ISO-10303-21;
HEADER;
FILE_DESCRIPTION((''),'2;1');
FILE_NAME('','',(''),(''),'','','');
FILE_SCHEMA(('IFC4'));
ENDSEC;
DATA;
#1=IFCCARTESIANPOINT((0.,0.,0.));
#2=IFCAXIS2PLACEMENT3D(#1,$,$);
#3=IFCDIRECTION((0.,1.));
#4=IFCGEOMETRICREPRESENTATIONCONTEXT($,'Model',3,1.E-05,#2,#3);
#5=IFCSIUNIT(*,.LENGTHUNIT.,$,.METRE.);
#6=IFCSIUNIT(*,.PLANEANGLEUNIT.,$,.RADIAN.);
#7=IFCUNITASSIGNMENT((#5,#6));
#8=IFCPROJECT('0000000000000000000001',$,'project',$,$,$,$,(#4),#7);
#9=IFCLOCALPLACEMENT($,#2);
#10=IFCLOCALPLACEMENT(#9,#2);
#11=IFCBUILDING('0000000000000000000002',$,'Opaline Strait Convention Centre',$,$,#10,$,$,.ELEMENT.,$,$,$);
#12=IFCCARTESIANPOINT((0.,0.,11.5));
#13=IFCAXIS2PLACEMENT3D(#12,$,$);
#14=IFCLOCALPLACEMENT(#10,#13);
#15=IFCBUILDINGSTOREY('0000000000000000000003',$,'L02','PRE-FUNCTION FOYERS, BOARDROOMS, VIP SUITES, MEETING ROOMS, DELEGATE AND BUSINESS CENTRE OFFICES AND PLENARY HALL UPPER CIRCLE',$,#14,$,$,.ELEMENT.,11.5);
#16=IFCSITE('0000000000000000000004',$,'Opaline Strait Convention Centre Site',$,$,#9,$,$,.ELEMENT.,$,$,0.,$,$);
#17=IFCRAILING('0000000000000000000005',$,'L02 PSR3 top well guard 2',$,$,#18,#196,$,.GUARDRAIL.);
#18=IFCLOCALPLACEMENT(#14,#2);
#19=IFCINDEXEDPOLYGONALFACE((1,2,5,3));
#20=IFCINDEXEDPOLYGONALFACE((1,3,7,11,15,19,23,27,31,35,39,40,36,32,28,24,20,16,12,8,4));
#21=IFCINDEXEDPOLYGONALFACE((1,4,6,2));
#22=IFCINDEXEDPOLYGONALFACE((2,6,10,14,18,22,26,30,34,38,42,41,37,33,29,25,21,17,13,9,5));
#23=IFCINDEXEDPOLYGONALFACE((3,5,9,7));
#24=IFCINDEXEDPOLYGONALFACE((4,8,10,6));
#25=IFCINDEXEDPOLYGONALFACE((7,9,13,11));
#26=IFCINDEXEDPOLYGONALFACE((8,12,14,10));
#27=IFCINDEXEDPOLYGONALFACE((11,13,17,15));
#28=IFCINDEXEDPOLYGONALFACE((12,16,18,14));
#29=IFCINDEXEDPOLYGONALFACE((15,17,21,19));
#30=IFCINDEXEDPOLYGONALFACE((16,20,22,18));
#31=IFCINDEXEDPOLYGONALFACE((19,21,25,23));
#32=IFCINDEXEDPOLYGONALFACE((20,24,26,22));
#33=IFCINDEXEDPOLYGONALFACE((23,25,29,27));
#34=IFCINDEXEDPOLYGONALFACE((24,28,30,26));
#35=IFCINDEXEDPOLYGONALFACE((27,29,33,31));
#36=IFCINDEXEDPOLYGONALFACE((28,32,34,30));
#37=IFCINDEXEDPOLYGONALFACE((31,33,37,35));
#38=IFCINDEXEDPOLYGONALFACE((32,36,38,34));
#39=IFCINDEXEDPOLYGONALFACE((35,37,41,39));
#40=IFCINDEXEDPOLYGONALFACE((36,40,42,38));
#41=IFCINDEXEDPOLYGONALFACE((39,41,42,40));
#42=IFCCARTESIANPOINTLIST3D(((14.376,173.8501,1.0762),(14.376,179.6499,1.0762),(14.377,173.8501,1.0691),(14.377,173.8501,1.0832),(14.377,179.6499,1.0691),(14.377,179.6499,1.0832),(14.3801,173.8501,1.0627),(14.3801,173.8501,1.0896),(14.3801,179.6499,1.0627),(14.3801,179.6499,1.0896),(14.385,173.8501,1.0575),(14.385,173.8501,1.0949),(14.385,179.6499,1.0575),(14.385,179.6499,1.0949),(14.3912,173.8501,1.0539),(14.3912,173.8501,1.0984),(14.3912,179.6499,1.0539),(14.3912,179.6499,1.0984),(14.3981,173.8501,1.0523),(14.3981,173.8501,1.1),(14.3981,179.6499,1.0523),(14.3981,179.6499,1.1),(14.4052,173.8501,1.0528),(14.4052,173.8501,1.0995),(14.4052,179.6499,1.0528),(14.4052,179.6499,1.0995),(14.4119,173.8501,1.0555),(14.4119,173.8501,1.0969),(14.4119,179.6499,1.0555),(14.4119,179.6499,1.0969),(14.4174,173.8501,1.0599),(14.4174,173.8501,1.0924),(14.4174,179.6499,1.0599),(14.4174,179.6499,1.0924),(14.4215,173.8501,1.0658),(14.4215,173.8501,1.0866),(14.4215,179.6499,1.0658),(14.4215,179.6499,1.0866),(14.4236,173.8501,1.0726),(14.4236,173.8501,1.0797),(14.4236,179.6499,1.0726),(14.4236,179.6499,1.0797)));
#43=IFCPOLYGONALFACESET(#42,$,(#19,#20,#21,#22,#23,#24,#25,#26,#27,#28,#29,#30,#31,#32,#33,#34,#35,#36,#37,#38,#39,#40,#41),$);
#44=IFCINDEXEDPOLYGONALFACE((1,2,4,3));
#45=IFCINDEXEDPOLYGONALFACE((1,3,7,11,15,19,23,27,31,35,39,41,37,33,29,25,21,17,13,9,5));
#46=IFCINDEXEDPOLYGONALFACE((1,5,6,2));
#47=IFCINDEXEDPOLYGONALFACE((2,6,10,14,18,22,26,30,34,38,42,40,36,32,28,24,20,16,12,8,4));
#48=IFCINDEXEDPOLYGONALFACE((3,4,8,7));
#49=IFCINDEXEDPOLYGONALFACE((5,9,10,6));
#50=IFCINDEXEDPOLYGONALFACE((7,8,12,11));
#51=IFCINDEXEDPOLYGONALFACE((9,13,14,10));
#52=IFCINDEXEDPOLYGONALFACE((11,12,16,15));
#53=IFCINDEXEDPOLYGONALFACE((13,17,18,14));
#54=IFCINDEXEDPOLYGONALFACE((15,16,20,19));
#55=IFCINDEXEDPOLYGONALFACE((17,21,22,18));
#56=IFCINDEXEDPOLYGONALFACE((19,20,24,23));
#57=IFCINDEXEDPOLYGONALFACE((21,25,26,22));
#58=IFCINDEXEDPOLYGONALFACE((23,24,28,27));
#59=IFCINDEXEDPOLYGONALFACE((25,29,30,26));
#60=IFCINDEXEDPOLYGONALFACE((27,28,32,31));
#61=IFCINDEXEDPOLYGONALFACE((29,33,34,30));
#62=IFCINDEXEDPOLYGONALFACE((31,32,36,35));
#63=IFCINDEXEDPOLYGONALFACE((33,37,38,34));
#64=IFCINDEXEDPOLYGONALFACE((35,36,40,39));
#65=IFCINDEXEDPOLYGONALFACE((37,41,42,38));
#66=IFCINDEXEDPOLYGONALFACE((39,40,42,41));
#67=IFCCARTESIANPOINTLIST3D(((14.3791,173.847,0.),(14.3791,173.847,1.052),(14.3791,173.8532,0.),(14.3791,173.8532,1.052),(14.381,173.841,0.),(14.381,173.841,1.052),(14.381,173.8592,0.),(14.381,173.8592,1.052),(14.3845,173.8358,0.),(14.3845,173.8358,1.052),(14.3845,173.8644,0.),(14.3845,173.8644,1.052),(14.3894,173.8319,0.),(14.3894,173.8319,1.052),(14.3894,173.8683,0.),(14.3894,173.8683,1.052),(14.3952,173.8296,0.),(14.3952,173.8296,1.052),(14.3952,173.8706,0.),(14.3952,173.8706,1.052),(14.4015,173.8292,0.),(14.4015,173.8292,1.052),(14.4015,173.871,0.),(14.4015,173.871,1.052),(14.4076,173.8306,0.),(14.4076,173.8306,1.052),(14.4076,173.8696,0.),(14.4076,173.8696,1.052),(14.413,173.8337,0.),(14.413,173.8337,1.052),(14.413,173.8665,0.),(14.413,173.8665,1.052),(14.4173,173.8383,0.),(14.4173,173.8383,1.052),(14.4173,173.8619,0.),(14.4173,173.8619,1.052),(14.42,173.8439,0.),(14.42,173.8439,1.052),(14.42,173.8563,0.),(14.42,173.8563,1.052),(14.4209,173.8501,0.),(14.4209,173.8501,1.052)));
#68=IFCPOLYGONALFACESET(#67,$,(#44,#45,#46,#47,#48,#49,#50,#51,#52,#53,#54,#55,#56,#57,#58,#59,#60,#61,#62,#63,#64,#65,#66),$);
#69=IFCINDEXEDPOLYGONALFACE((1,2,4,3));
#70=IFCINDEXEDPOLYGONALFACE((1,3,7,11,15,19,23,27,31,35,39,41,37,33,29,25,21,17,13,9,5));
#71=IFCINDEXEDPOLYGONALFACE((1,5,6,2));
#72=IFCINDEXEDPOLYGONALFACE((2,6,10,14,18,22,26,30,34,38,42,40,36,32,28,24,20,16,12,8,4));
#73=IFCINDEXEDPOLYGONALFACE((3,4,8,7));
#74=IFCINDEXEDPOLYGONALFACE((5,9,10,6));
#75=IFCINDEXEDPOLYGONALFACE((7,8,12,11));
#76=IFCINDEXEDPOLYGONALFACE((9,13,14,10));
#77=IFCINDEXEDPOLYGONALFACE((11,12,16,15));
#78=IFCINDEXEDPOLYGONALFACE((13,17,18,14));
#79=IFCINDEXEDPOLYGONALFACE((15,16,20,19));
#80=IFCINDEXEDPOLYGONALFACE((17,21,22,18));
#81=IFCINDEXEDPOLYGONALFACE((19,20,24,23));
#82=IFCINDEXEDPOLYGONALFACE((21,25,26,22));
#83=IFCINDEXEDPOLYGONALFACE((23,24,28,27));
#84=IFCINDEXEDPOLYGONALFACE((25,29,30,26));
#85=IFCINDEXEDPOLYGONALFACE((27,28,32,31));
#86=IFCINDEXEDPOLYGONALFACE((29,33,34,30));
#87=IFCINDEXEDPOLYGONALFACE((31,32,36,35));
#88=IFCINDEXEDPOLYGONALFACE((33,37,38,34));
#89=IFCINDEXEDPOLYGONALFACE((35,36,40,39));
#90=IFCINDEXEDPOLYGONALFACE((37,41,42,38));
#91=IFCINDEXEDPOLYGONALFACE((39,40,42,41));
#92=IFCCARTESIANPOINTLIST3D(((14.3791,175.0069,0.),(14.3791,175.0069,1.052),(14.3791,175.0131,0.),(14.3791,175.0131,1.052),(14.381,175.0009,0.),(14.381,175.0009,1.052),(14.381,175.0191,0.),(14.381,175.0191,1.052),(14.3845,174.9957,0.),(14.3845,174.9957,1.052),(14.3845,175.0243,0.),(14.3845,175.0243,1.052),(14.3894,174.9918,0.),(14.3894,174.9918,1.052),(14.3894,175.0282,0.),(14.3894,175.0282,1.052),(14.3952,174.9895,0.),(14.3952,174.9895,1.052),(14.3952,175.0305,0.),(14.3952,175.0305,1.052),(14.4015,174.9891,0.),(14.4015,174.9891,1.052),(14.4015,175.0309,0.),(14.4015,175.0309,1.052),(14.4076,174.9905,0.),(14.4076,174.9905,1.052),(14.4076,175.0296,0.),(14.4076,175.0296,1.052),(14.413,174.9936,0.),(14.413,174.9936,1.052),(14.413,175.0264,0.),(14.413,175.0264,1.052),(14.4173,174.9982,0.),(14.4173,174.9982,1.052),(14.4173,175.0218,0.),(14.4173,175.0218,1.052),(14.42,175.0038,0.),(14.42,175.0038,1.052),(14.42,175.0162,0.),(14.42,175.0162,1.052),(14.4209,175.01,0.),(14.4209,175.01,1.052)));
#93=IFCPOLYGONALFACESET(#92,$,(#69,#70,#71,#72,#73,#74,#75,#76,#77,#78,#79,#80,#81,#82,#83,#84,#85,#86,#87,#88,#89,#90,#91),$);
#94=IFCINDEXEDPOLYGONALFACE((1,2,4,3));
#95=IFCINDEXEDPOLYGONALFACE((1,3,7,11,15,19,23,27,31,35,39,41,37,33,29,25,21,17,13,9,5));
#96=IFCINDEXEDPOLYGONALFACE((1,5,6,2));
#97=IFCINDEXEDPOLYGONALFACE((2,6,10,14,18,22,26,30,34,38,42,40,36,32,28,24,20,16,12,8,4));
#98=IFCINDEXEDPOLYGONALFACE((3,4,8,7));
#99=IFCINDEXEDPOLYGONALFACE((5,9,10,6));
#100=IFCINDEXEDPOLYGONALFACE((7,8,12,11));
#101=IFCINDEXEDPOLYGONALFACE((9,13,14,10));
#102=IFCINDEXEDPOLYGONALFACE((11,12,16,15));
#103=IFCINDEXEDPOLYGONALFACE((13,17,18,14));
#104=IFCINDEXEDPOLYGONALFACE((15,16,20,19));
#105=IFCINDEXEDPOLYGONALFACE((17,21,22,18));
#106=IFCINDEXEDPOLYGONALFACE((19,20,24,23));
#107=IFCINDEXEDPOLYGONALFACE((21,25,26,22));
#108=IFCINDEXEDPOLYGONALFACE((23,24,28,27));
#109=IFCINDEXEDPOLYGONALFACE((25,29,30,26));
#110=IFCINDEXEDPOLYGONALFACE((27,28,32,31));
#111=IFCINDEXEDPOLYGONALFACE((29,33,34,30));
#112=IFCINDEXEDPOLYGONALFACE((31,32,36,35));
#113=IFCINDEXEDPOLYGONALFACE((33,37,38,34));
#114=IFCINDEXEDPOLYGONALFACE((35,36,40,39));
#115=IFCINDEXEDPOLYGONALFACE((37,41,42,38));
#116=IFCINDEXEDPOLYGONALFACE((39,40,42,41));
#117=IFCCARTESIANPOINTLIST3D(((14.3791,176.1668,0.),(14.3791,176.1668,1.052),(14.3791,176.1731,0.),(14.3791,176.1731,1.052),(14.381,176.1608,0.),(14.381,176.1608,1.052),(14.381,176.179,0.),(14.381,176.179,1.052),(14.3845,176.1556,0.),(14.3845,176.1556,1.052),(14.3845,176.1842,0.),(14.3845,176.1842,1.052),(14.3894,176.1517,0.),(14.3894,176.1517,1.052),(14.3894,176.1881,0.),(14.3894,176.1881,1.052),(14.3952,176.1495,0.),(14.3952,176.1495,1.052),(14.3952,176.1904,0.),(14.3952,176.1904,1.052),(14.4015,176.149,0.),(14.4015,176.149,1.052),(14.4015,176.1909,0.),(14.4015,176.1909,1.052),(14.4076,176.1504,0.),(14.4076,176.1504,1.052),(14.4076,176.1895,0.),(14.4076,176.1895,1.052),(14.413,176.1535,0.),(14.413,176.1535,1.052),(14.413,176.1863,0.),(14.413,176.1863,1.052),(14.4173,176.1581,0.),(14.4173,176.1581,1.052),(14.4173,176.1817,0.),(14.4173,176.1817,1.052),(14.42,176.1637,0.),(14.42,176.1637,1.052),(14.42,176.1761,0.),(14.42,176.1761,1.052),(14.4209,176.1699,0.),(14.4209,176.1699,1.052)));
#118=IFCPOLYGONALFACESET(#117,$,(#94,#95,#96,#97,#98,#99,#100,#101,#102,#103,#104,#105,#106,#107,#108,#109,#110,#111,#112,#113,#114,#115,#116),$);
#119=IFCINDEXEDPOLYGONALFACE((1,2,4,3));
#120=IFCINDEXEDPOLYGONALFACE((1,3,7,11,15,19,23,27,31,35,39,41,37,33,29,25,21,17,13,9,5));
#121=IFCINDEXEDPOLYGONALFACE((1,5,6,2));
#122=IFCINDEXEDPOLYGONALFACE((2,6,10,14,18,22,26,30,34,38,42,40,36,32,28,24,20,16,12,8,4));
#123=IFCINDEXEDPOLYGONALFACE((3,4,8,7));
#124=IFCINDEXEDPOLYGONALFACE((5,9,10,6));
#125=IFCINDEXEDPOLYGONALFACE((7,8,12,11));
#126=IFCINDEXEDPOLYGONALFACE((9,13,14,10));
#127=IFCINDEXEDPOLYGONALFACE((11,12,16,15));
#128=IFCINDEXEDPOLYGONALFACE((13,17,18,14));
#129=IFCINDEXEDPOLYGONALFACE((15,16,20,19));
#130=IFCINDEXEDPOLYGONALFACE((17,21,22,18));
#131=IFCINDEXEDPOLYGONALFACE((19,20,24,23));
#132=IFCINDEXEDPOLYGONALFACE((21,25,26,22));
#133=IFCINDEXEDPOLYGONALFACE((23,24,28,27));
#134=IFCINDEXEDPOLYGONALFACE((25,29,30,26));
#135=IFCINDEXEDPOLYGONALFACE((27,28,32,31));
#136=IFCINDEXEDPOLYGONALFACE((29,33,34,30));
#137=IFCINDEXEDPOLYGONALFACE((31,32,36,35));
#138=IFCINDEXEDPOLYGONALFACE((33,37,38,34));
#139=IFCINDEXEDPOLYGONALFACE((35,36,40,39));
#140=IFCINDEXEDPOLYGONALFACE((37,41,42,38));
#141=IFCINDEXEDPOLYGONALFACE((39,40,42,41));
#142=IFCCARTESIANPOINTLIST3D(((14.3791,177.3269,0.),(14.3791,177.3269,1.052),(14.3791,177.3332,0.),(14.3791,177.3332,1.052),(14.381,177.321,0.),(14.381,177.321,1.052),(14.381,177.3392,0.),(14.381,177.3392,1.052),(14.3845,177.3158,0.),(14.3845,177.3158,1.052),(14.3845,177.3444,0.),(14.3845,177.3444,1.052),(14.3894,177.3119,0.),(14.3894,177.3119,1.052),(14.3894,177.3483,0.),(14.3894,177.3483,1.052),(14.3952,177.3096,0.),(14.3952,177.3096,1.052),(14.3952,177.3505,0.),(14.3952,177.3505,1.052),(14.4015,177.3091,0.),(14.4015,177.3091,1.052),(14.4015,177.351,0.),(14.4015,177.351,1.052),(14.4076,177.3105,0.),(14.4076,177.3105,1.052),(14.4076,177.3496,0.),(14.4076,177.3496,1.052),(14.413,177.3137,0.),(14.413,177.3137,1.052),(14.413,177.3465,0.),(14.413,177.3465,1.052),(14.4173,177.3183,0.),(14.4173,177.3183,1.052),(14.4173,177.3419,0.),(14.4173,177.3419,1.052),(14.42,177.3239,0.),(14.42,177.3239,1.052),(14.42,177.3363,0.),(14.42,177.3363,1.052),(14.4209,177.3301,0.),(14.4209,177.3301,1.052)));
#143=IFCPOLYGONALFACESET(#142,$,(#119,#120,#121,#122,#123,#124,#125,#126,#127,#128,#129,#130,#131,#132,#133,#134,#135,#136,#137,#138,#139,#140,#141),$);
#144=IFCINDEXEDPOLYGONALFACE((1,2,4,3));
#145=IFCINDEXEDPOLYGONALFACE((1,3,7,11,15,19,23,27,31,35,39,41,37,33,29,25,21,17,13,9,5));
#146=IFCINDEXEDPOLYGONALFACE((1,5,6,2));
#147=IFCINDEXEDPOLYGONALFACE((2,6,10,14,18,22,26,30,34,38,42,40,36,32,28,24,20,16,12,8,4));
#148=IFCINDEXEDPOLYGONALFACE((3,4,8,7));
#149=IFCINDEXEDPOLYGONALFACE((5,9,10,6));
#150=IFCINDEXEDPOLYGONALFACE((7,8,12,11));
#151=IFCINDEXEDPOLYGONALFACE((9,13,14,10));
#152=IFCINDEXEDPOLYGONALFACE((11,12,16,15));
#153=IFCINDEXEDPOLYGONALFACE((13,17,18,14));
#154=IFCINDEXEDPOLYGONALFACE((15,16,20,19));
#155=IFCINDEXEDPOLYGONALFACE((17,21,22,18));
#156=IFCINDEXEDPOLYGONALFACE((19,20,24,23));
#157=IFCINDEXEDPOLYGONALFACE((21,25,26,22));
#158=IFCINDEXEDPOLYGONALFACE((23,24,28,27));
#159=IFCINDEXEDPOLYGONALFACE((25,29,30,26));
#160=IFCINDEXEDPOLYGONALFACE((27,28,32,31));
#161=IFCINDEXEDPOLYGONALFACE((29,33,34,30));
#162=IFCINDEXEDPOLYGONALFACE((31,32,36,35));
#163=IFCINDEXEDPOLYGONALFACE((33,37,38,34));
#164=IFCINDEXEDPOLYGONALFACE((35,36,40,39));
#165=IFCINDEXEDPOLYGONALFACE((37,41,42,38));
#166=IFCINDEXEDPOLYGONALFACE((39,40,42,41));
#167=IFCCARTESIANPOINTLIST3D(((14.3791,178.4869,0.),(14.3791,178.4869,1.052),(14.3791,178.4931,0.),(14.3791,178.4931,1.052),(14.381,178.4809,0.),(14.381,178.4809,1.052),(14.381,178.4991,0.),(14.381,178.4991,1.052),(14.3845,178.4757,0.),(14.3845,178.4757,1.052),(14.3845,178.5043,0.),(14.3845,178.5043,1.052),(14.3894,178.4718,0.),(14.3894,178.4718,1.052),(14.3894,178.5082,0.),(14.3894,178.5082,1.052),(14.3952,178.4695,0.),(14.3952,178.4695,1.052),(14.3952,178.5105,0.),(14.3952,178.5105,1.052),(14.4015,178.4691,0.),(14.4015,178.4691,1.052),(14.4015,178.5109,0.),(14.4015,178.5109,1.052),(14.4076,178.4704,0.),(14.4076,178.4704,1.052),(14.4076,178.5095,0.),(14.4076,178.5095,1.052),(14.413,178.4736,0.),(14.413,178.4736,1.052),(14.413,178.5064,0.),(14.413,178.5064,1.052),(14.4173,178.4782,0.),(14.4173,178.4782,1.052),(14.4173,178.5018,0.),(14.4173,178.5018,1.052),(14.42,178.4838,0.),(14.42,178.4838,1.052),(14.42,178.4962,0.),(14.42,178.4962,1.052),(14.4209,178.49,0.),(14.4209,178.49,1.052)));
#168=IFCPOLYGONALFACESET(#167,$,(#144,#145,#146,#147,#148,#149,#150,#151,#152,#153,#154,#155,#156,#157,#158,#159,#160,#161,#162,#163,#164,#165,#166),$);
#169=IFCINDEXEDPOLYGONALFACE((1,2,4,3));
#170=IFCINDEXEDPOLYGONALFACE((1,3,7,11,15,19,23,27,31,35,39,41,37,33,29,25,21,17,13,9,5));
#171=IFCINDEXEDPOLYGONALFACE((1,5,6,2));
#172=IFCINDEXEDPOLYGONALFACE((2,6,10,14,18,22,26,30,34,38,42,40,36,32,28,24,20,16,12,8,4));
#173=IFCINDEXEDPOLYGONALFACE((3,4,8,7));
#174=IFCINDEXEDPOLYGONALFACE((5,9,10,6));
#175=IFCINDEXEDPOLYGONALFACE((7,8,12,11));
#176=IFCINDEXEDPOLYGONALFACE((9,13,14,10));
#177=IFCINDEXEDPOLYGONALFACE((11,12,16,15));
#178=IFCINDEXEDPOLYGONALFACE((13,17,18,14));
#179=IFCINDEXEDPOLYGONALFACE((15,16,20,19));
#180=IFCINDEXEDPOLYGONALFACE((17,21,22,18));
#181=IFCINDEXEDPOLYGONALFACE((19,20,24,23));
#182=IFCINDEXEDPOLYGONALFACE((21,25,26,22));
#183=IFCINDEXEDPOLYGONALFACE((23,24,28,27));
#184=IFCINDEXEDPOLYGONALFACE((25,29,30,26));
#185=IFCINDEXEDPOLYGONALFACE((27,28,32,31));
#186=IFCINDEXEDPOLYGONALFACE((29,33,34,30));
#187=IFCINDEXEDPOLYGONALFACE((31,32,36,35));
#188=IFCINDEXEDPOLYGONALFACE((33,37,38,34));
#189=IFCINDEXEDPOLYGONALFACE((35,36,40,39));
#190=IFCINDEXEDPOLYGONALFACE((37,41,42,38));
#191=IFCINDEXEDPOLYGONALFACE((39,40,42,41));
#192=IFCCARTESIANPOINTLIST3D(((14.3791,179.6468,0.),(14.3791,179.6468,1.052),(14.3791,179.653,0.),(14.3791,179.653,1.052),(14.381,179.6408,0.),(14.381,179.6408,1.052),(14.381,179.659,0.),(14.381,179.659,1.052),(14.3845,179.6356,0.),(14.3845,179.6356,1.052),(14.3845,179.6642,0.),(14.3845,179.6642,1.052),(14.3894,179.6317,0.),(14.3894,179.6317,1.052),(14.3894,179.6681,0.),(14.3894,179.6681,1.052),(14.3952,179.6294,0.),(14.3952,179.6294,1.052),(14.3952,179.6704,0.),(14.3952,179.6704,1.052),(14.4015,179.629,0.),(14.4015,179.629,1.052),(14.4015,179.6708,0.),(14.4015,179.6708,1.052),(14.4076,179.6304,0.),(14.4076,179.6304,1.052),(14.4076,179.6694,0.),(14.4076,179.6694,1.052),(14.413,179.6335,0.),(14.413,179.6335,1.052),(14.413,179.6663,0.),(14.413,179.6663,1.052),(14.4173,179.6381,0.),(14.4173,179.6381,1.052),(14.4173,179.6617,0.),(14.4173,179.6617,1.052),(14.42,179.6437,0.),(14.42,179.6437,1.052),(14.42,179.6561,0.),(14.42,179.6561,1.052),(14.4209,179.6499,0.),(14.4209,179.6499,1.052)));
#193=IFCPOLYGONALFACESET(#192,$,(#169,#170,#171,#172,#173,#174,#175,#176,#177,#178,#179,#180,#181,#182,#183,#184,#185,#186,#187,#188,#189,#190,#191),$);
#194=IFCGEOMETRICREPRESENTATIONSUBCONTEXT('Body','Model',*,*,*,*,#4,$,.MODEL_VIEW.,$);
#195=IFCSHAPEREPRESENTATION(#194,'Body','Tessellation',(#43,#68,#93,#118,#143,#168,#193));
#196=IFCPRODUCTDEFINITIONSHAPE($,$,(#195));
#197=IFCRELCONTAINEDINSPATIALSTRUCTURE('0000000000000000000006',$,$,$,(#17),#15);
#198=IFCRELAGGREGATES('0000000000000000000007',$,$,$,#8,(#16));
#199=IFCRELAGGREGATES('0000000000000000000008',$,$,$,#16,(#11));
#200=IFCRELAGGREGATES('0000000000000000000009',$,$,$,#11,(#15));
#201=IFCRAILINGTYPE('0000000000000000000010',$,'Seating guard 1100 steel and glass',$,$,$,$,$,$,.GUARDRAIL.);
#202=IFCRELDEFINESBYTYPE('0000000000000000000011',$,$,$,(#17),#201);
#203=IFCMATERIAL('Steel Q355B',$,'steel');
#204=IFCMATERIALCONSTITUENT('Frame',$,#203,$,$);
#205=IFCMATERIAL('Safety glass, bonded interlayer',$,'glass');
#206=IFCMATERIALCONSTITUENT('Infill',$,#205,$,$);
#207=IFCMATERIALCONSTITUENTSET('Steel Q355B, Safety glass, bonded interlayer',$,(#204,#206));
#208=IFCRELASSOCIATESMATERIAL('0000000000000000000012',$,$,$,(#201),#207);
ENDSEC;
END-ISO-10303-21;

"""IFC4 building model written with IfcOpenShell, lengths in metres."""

from ifc_helpers import new_model, si_unit, direction, frame, origin, origin_2d, place, context, subcontext, project, spatial, circle, extrude, material, constituent, constituent_set, type_object, element, save


model = new_model("IFC4")

# Units and contexts
model_context = context("Model", 3, precision=1e-05, world=origin(), true_north=direction((0.0, 1.0)))
body_context = subcontext(model_context, "Body", "Model", "MODEL_VIEW")
ifc_project = project(units=[si_unit("LENGTHUNIT", "METRE"), si_unit("PLANEANGLEUNIT", "RADIAN")], contexts=[model_context])

# Site, building, storey
site_placement = place(None, origin())
site = spatial("IfcSite", under=ifc_project, at=site_placement, Name="Opaline Strait Convention Centre Site", CompositionType="ELEMENT", RefElevation=0.0)
building_placement = place(site_placement, origin())
building = spatial("IfcBuilding", under=site, at=building_placement, Name="Opaline Strait Convention Centre", CompositionType="ELEMENT")
storey_placement = place(building_placement, frame((0.0, 0.0, 11.5)))
storey = spatial("IfcBuildingStorey", under=building, at=storey_placement, Name="L02", Description="PRE-FUNCTION FOYERS, BOARDROOMS, VIP SUITES, MEETING ROOMS, DELEGATE AND BUSINESS CENTRE OFFICES AND PLENARY HALL UPPER CIRCLE", CompositionType="ELEMENT", Elevation=11.5)

# Shared definitions
ifc_material_1 = material(Name="Steel Q355B", Category="steel")

# Railing
ifc_constituent_1 = constituent(ifc_material_1, Name="Frame")
ifc_material_2 = material(Name="Safety glass, bonded interlayer", Category="glass")
ifc_constituent_2 = constituent(ifc_material_2, Name="Infill")
ifc_constituent_set = constituent_set(constituents=[ifc_constituent_1, ifc_constituent_2], Name="Steel Q355B, Safety glass, bonded interlayer")
railing_type = type_object("IfcRailingType", Name="Seating guard 1100 steel and glass", PredefinedType="GUARDRAIL", material=ifc_constituent_set)
railing_1_placement = place(storey_placement, frame((14.3999, 173.8501, 0.0)))
element("IfcRailing", 1, at=railing_1_placement, inside=storey, type_object=railing_type, Name="L02 PSR3 top well guard 2", PredefinedType="GUARDRAIL", context=body_context, shape_type="SweptSolid", body=[
    extrude(circle(Radius=0.0239, at=origin_2d()), frame((0.0, 0.0, 1.0762), z_axis=(0.0, 1.0, 0.0), x_axis=(-1.0, 0.0, 0.0)), (0.0, 0.0, 1.0), 5.7998),
    extrude(circle(Radius=0.021, at=origin_2d()), origin(), (0.0, 0.0, 1.0), 1.052),
    extrude(circle(Radius=0.021, at=origin_2d()), frame((0.0, 1.1599, 0.0)), (0.0, 0.0, 1.0), 1.052),
    extrude(circle(Radius=0.021, at=origin_2d()), frame((0.0, 2.3198, 0.0)), (0.0, 0.0, 1.0), 1.052),
    extrude(circle(Radius=0.021, at=origin_2d()), frame((0.0, 3.48, 0.0)), (0.0, 0.0, 1.0), 1.052),
    extrude(circle(Radius=0.021, at=origin_2d()), frame((0.0, 4.6399, 0.0)), (0.0, 0.0, 1.0), 1.052),
    extrude(circle(Radius=0.021, at=origin_2d()), frame((0.0, 5.7998, 0.0)), (0.0, 0.0, 1.0), 1.052),
])

save(model, "model.ifc")
